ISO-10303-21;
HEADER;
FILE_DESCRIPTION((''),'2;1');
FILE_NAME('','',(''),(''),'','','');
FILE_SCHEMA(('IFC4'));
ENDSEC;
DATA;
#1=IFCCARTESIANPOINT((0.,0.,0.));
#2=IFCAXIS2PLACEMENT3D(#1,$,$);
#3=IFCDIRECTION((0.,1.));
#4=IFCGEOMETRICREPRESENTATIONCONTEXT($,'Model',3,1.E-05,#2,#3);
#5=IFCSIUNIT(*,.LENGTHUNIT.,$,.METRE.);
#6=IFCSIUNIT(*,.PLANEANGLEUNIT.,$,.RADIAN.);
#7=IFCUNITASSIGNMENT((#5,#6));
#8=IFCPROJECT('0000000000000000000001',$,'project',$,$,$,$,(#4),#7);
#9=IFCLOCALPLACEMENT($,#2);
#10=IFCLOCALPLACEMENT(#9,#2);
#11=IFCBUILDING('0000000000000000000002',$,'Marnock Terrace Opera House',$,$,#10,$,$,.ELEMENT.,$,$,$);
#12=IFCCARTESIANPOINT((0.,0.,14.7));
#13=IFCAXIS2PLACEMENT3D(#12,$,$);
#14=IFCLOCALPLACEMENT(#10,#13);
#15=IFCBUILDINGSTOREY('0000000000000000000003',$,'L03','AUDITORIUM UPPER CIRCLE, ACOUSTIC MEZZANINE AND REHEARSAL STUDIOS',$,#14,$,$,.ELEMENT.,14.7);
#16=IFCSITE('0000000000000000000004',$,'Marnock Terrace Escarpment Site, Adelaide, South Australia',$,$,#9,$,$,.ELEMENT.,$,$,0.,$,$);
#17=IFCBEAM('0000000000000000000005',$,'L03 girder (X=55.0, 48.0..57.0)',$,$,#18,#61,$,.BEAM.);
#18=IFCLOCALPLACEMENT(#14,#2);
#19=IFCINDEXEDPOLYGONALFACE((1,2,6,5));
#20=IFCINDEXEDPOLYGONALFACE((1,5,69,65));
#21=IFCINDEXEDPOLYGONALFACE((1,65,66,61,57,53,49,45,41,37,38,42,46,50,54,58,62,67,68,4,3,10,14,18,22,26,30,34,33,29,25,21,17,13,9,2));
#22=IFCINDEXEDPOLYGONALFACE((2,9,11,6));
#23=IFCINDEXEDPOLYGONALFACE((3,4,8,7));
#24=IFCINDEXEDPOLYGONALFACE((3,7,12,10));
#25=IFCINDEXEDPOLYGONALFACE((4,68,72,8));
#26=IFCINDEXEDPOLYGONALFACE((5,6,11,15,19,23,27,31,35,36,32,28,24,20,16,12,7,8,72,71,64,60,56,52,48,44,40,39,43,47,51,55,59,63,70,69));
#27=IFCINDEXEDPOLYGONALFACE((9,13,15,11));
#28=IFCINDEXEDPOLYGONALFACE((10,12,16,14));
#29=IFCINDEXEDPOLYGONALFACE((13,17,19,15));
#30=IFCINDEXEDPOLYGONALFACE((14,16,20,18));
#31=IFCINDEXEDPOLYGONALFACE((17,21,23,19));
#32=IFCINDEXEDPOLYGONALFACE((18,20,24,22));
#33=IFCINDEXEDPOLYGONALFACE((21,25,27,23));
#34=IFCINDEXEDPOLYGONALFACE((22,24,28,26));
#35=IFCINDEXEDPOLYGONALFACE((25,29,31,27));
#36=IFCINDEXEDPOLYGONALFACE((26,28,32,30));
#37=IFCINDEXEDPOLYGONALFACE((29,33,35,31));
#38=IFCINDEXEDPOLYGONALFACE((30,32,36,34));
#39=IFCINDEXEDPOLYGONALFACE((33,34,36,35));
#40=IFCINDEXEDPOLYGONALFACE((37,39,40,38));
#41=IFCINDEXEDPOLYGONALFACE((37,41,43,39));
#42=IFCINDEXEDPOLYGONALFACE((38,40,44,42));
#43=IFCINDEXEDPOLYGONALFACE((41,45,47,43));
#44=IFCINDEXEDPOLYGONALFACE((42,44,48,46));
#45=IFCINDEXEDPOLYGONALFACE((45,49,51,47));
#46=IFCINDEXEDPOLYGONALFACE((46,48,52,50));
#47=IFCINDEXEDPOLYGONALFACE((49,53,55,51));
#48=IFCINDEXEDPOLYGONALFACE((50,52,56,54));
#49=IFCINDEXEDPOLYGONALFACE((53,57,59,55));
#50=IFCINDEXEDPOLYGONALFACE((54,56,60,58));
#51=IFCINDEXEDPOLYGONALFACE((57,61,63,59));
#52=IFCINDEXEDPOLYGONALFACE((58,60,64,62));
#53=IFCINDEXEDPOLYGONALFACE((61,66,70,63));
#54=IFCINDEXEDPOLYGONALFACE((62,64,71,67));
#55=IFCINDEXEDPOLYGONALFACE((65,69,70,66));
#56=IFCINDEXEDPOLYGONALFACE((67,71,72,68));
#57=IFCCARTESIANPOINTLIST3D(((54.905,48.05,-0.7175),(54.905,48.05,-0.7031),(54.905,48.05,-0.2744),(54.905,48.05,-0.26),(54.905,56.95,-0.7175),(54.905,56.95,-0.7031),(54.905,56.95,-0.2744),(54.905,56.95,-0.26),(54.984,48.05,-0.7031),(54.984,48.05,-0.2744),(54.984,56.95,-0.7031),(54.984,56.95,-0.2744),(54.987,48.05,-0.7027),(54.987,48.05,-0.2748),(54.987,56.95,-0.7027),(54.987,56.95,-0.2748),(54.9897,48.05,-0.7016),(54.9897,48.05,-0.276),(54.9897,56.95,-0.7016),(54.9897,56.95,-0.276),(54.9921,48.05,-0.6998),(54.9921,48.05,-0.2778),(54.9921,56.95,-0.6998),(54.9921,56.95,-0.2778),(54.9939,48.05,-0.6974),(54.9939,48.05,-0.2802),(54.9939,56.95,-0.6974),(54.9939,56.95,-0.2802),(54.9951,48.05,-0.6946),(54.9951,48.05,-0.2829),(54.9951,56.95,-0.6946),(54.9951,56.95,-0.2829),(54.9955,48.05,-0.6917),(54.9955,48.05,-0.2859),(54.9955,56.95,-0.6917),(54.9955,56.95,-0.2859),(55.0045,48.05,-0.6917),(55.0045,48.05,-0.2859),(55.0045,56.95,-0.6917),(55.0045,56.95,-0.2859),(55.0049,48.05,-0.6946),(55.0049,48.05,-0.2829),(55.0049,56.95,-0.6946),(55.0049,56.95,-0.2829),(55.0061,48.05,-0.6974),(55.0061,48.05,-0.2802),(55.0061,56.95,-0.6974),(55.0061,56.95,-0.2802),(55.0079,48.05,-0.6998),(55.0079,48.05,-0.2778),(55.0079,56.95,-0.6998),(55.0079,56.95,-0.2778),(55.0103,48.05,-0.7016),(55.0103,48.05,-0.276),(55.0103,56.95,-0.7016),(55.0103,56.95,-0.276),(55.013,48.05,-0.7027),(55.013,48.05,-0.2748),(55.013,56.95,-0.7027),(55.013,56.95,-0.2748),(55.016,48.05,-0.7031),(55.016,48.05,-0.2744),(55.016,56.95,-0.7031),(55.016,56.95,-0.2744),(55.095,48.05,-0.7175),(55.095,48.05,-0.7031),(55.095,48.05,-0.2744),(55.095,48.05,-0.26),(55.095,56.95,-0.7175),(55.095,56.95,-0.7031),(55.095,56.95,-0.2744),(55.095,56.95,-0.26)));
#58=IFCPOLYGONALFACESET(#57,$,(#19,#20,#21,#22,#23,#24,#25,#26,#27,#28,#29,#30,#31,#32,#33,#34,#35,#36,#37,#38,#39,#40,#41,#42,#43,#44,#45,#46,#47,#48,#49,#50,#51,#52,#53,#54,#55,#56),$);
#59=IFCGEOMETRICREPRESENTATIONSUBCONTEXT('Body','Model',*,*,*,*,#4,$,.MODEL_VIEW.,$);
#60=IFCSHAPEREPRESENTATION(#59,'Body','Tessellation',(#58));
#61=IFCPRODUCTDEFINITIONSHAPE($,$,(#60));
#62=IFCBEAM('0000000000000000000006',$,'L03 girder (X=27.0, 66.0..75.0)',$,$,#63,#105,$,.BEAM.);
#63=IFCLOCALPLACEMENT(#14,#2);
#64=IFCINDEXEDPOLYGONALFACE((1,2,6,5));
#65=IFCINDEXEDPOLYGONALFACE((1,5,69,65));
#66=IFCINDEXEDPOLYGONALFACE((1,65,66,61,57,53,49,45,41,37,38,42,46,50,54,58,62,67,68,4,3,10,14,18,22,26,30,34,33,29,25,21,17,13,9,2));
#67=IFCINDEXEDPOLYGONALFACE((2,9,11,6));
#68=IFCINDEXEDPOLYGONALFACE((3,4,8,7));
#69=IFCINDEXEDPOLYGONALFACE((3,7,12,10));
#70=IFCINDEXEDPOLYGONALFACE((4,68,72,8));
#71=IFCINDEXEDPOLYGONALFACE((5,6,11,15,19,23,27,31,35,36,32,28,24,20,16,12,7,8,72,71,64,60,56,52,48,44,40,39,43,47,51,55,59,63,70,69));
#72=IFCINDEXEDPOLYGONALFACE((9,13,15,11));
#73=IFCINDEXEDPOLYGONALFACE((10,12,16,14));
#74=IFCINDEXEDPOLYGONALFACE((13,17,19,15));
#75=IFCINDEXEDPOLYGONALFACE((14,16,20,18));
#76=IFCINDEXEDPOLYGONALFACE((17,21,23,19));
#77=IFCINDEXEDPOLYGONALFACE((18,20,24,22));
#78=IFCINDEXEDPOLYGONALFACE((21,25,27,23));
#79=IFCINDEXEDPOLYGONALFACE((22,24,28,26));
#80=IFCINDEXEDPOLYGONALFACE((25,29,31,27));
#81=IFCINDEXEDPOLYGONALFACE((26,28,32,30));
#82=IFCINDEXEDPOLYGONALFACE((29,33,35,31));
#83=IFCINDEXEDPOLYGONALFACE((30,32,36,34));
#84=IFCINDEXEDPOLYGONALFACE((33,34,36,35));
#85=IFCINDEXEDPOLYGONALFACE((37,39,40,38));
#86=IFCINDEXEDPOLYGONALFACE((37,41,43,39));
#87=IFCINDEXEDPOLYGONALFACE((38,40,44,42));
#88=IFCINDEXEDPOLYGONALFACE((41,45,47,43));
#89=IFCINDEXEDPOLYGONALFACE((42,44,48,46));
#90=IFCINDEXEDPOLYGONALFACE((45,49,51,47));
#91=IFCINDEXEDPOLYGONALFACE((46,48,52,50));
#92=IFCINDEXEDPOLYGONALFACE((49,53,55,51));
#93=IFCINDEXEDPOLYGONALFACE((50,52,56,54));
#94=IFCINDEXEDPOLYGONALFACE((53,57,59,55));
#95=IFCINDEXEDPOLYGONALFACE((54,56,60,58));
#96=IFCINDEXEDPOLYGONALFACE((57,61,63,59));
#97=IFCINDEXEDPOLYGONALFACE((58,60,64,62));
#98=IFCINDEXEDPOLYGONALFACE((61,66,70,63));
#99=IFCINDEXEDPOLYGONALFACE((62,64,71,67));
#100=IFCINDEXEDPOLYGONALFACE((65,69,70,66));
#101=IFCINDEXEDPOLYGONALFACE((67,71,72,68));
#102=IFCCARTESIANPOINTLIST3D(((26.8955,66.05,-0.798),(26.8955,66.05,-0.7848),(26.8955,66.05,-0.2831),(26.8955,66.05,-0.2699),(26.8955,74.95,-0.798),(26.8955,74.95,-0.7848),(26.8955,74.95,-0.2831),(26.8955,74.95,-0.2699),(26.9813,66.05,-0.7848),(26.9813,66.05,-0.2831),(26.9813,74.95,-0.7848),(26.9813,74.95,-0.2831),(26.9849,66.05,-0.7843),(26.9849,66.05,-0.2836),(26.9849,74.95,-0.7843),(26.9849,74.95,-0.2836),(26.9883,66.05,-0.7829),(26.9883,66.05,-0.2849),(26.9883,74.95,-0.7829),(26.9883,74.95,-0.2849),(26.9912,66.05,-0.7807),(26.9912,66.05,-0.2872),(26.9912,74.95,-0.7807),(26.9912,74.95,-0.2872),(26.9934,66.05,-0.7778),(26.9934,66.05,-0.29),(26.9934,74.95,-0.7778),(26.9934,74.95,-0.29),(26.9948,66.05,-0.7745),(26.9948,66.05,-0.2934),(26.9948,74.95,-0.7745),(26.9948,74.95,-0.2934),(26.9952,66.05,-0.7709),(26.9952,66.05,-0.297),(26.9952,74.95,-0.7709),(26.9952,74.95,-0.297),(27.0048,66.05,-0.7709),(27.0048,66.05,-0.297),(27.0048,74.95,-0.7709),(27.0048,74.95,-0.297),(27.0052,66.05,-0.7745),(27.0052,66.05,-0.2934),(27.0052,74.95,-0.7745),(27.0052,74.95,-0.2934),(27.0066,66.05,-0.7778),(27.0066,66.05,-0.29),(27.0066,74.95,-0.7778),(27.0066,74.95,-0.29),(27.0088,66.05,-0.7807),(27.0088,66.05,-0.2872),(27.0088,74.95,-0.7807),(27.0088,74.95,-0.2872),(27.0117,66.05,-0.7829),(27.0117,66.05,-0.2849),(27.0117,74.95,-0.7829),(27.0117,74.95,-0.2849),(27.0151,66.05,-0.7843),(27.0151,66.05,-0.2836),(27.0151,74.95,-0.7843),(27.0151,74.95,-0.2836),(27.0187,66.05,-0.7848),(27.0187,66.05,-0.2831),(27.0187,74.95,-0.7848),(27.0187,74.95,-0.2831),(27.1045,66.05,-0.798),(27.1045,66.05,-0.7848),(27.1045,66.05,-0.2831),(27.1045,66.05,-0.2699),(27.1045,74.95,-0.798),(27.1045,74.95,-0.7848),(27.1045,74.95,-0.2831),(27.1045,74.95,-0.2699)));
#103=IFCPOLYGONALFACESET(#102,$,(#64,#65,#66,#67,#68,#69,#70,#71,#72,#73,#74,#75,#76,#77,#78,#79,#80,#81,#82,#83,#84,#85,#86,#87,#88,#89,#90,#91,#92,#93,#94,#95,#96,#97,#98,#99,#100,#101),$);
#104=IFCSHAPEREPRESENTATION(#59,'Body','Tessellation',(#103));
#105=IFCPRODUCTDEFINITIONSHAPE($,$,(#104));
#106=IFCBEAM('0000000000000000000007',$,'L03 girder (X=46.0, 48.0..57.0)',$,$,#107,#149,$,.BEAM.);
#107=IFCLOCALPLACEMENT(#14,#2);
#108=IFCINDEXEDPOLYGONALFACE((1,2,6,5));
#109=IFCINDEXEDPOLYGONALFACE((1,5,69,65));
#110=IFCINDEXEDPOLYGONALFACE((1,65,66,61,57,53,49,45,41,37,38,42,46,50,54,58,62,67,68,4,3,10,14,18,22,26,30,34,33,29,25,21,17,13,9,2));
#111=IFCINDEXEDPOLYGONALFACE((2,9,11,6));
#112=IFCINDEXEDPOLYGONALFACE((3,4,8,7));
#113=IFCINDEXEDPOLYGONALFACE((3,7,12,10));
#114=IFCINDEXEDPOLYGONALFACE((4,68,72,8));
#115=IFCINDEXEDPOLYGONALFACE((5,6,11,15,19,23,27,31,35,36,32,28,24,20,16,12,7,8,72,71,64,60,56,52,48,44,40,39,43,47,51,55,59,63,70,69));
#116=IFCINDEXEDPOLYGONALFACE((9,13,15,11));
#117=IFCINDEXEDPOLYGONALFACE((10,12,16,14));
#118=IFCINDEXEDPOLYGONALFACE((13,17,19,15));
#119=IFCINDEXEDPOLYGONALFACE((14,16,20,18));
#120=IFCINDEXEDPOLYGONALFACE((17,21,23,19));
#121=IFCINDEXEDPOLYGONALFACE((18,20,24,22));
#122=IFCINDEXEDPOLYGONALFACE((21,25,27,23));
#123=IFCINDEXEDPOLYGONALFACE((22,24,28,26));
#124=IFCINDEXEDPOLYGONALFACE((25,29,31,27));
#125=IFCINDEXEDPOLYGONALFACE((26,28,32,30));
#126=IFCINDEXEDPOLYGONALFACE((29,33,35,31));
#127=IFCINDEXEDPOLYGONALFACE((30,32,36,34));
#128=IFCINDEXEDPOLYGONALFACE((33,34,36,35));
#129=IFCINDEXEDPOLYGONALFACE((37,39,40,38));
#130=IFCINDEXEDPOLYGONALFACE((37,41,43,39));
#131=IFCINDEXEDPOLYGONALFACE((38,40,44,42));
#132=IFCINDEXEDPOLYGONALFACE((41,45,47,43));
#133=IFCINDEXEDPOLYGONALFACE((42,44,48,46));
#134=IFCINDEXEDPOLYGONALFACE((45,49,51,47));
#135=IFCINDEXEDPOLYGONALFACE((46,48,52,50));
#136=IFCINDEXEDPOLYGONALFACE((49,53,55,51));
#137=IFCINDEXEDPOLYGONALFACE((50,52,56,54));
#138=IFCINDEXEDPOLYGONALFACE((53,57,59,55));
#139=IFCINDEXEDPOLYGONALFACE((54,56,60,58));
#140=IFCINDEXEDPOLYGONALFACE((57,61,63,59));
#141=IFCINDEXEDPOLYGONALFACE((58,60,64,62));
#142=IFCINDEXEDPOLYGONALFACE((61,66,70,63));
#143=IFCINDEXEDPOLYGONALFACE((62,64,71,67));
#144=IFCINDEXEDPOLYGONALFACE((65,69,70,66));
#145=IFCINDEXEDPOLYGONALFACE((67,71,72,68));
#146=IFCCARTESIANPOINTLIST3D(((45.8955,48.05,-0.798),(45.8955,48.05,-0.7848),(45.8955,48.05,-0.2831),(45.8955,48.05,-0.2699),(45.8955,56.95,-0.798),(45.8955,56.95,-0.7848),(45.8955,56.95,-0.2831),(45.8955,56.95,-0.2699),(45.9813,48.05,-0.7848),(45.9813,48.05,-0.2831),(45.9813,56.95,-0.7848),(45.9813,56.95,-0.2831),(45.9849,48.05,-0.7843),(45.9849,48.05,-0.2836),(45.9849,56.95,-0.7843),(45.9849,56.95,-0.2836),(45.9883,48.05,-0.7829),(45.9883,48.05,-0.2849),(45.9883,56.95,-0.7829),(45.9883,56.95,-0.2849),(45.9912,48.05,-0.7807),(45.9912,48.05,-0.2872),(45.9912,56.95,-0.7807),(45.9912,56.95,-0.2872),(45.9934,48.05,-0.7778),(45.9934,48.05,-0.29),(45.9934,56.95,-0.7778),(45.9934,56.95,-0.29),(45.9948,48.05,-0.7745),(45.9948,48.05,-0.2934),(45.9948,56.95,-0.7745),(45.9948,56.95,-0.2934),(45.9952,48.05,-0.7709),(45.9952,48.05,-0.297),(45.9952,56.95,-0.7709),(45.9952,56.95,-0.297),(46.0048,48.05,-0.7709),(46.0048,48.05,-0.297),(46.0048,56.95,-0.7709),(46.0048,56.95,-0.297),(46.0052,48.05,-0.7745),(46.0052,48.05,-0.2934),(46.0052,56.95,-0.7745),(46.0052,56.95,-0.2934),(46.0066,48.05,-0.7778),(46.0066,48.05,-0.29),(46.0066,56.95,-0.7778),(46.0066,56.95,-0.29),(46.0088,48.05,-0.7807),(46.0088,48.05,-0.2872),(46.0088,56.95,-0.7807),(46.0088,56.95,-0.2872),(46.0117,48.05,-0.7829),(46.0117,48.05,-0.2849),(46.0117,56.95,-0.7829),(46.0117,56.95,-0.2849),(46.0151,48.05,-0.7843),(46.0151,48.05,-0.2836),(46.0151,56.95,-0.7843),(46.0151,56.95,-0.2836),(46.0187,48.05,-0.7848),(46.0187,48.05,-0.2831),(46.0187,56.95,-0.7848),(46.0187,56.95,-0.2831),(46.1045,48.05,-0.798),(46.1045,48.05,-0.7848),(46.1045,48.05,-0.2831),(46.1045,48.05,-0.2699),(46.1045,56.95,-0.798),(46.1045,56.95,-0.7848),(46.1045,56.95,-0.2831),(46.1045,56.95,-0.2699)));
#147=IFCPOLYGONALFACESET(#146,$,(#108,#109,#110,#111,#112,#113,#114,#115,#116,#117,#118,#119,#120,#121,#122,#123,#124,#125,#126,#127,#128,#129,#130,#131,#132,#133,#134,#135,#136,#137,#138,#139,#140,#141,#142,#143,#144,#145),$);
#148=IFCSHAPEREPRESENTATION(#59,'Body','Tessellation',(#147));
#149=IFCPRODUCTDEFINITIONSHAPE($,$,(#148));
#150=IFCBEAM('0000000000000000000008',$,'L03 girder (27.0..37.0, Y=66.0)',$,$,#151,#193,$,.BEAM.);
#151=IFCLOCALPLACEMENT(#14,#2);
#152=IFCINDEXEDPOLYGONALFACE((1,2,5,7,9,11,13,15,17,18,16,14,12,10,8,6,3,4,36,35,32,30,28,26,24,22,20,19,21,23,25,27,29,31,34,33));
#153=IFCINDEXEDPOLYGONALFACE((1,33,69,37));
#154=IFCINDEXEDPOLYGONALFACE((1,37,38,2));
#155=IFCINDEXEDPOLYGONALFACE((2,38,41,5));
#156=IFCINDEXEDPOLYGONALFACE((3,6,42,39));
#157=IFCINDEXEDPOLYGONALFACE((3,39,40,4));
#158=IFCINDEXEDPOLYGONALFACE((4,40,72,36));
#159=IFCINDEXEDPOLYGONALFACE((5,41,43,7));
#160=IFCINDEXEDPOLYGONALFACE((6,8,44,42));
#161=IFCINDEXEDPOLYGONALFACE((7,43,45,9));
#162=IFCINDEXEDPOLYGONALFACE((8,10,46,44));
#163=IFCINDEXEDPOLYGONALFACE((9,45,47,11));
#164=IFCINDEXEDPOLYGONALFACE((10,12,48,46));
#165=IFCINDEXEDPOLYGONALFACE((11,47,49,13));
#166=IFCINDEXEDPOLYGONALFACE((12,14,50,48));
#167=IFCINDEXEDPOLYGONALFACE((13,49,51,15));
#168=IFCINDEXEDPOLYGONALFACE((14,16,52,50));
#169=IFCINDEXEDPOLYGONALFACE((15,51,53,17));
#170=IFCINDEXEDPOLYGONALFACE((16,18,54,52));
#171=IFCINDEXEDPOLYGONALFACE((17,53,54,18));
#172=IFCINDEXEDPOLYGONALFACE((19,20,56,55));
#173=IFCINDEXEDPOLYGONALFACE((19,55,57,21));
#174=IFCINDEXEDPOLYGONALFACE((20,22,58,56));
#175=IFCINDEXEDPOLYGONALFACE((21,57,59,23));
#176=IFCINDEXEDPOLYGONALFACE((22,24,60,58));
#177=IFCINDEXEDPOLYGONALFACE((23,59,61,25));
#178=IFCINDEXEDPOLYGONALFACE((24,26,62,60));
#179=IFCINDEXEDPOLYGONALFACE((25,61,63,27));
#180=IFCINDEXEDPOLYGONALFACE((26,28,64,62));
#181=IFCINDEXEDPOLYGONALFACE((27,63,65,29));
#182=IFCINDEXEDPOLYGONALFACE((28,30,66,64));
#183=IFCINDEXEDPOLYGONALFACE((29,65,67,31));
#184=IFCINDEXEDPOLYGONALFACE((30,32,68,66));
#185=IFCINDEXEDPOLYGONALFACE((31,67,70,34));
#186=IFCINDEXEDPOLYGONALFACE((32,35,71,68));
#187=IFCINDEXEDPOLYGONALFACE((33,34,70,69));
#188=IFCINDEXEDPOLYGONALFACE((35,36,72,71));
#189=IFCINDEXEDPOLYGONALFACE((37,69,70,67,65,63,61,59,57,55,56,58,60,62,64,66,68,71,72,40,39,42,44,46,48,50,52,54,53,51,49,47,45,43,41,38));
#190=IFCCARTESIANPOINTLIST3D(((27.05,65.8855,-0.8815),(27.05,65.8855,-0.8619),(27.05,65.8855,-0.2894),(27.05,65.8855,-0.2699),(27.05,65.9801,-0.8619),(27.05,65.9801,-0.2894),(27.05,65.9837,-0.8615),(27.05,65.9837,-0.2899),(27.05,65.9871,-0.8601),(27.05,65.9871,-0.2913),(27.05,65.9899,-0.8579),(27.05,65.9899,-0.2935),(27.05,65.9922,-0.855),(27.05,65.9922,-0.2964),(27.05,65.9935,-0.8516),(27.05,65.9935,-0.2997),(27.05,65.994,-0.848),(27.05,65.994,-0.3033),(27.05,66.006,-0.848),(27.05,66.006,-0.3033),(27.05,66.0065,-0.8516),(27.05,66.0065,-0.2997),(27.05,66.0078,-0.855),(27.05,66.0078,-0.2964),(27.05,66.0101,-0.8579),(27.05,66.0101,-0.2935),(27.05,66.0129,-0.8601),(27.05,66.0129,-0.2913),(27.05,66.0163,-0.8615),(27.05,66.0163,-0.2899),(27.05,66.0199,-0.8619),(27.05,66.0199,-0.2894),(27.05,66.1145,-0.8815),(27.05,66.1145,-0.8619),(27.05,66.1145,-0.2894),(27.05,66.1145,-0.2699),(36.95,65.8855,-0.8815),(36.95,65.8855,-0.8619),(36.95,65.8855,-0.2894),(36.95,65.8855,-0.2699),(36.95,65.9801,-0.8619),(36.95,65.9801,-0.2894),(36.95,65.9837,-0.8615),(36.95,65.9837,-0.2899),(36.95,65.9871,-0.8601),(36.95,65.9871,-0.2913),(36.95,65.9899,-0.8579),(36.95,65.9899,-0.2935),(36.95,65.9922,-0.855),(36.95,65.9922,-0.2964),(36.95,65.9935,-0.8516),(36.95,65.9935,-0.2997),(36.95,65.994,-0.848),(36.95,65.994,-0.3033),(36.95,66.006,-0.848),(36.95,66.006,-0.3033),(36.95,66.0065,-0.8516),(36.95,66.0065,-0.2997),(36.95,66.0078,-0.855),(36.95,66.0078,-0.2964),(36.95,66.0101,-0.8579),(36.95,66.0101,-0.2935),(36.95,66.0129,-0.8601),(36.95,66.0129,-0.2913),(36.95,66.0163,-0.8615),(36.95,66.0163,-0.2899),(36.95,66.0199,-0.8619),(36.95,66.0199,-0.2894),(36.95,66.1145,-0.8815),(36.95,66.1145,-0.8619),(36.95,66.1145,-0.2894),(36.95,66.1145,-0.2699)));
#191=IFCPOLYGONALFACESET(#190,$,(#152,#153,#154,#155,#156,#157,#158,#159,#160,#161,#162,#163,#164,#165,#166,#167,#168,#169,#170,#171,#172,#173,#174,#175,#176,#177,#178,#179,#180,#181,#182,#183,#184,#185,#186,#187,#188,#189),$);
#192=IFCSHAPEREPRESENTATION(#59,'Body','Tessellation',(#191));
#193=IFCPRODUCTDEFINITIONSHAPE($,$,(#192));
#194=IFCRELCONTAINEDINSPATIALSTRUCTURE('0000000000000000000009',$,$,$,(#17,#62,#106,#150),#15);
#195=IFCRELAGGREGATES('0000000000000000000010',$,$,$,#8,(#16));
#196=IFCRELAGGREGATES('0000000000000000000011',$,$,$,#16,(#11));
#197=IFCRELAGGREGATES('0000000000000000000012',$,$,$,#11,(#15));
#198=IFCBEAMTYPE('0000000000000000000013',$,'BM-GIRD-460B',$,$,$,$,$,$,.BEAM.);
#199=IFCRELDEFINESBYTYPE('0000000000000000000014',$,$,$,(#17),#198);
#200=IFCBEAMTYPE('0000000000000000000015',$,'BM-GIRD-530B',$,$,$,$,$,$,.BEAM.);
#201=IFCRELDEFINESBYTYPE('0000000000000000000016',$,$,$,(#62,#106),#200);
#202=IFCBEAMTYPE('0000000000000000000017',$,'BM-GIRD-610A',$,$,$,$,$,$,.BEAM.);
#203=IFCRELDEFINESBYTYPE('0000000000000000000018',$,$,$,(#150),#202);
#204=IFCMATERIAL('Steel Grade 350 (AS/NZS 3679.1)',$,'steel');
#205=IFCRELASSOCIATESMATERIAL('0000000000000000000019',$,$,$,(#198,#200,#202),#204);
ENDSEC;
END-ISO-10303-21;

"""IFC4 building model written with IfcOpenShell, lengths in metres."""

from ifc_helpers import new_model, si_unit, direction, frame, origin, origin_2d, place, context, subcontext, project, spatial, i_section, extrude, material, material_profile, profile_set, type_object, element, save


model = new_model("IFC4")

# Units and contexts
model_context = context("Model", 3, precision=1e-05, world=origin(), true_north=direction((0.0, 1.0)))
body_context = subcontext(model_context, "Body", "Model", "MODEL_VIEW")
ifc_project = project(units=[si_unit("LENGTHUNIT", "METRE"), si_unit("PLANEANGLEUNIT", "RADIAN")], contexts=[model_context])

# Site, building, storey
site_placement = place(None, origin())
site = spatial("IfcSite", under=ifc_project, at=site_placement, Name="Marnock Terrace Escarpment Site, Adelaide, South Australia", CompositionType="ELEMENT", RefElevation=0.0)
building_placement = place(site_placement, origin())
building = spatial("IfcBuilding", under=site, at=building_placement, Name="Marnock Terrace Opera House", CompositionType="ELEMENT")
storey_placement = place(building_placement, frame((0.0, 0.0, 14.7)))
storey = spatial("IfcBuildingStorey", under=building, at=storey_placement, Name="L03", Description="AUDITORIUM UPPER CIRCLE, ACOUSTIC MEZZANINE AND REHEARSAL STUDIOS", CompositionType="ELEMENT", Elevation=14.7)

# Shared definitions
ifc_material_1 = material(Name="Steel Grade 350 (AS/NZS 3679.1)", Category="steel")

# Beams
ifc_material_profile_1 = material_profile(ifc_material_1, i_section(OverallWidth=0.1899, OverallDepth=0.4575, WebThickness=0.009, FlangeThickness=0.0144, FilletRadius=0.0115, at=origin_2d()))
ifc_profile_set_1 = profile_set([ifc_material_profile_1], Name="Steel Grade 350 (AS/NZS 3679.1)")
beam_type_1 = type_object("IfcBeamType", Name="BM-GIRD-460B", PredefinedType="BEAM", material=ifc_profile_set_1)
for number, where, z_axis, x_axis, name in (
    (1, (55.0, 48.05, -0.4888), (0.0, 1.0, 0.0), (-1.0, 0.0, 0.0), "L03 girder (X=55.0, 48.0..57.0)"),
):
    element("IfcBeam", number, at=place(storey_placement, frame(where, z_axis=z_axis, x_axis=x_axis)), inside=storey, type_object=beam_type_1, Name=name, PredefinedType="BEAM", context=body_context, shape_type="SweptSolid", body=[
        extrude(i_section(OverallWidth=0.1899, OverallDepth=0.4575, WebThickness=0.009, FlangeThickness=0.0144, FilletRadius=0.0115, at=origin_2d()), origin(), (0.0, 0.0, 1.0), 8.8999),
    ])
ifc_material_profile_2 = material_profile(ifc_material_1, i_section(OverallWidth=0.209, OverallDepth=0.5281, WebThickness=0.0095, FlangeThickness=0.0132, FilletRadius=0.0139, at=origin_2d()))
ifc_profile_set_2 = profile_set([ifc_material_profile_2], Name="Steel Grade 350 (AS/NZS 3679.1)")
beam_type_2 = type_object("IfcBeamType", Name="BM-GIRD-530B", PredefinedType="BEAM", material=ifc_profile_set_2)
for number, where, z_axis, x_axis, name in (
    (2, (27.0, 66.05, -0.5339), (0.0, 1.0, 0.0), (-1.0, 0.0, 0.0), "L03 girder (X=27.0, 66.0..75.0)"),
    (3, (46.0, 48.05, -0.5339), (0.0, 1.0, 0.0), (-1.0, 0.0, 0.0), "L03 girder (X=46.0, 48.0..57.0)"),
):
    element("IfcBeam", number, at=place(storey_placement, frame(where, z_axis=z_axis, x_axis=x_axis)), inside=storey, type_object=beam_type_2, Name=name, PredefinedType="BEAM", context=body_context, shape_type="SweptSolid", body=[
        extrude(i_section(OverallWidth=0.209, OverallDepth=0.5281, WebThickness=0.0095, FlangeThickness=0.0132, FilletRadius=0.0139, at=origin_2d()), origin(), (0.0, 0.0, 1.0), 8.8999),
    ])
ifc_material_profile_3 = material_profile(ifc_material_1, i_section(OverallWidth=0.229, OverallDepth=0.6116, WebThickness=0.012, FlangeThickness=0.0195, FilletRadius=0.0139, at=origin_2d()))
ifc_profile_set_3 = profile_set([ifc_material_profile_3], Name="Steel Grade 350 (AS/NZS 3679.1)")
beam_type_3 = type_object("IfcBeamType", Name="BM-GIRD-610A", PredefinedType="BEAM", material=ifc_profile_set_3)
beam_1_placement = place(storey_placement, frame((27.05, 66.0, -0.5757), z_axis=(1.0, 0.0, 0.0), x_axis=(0.0, 1.0, 0.0)))
element("IfcBeam", 4, at=beam_1_placement, inside=storey, type_object=beam_type_3, Name="L03 girder (27.0..37.0, Y=66.0)", PredefinedType="BEAM", context=body_context, shape_type="SweptSolid", body=[
    extrude(i_section(OverallWidth=0.229, OverallDepth=0.6116, WebThickness=0.012, FlangeThickness=0.0195, FilletRadius=0.0139, at=origin_2d()), origin(), (0.0, 0.0, 1.0), 9.8999),
])

save(model, "model.ifc")
